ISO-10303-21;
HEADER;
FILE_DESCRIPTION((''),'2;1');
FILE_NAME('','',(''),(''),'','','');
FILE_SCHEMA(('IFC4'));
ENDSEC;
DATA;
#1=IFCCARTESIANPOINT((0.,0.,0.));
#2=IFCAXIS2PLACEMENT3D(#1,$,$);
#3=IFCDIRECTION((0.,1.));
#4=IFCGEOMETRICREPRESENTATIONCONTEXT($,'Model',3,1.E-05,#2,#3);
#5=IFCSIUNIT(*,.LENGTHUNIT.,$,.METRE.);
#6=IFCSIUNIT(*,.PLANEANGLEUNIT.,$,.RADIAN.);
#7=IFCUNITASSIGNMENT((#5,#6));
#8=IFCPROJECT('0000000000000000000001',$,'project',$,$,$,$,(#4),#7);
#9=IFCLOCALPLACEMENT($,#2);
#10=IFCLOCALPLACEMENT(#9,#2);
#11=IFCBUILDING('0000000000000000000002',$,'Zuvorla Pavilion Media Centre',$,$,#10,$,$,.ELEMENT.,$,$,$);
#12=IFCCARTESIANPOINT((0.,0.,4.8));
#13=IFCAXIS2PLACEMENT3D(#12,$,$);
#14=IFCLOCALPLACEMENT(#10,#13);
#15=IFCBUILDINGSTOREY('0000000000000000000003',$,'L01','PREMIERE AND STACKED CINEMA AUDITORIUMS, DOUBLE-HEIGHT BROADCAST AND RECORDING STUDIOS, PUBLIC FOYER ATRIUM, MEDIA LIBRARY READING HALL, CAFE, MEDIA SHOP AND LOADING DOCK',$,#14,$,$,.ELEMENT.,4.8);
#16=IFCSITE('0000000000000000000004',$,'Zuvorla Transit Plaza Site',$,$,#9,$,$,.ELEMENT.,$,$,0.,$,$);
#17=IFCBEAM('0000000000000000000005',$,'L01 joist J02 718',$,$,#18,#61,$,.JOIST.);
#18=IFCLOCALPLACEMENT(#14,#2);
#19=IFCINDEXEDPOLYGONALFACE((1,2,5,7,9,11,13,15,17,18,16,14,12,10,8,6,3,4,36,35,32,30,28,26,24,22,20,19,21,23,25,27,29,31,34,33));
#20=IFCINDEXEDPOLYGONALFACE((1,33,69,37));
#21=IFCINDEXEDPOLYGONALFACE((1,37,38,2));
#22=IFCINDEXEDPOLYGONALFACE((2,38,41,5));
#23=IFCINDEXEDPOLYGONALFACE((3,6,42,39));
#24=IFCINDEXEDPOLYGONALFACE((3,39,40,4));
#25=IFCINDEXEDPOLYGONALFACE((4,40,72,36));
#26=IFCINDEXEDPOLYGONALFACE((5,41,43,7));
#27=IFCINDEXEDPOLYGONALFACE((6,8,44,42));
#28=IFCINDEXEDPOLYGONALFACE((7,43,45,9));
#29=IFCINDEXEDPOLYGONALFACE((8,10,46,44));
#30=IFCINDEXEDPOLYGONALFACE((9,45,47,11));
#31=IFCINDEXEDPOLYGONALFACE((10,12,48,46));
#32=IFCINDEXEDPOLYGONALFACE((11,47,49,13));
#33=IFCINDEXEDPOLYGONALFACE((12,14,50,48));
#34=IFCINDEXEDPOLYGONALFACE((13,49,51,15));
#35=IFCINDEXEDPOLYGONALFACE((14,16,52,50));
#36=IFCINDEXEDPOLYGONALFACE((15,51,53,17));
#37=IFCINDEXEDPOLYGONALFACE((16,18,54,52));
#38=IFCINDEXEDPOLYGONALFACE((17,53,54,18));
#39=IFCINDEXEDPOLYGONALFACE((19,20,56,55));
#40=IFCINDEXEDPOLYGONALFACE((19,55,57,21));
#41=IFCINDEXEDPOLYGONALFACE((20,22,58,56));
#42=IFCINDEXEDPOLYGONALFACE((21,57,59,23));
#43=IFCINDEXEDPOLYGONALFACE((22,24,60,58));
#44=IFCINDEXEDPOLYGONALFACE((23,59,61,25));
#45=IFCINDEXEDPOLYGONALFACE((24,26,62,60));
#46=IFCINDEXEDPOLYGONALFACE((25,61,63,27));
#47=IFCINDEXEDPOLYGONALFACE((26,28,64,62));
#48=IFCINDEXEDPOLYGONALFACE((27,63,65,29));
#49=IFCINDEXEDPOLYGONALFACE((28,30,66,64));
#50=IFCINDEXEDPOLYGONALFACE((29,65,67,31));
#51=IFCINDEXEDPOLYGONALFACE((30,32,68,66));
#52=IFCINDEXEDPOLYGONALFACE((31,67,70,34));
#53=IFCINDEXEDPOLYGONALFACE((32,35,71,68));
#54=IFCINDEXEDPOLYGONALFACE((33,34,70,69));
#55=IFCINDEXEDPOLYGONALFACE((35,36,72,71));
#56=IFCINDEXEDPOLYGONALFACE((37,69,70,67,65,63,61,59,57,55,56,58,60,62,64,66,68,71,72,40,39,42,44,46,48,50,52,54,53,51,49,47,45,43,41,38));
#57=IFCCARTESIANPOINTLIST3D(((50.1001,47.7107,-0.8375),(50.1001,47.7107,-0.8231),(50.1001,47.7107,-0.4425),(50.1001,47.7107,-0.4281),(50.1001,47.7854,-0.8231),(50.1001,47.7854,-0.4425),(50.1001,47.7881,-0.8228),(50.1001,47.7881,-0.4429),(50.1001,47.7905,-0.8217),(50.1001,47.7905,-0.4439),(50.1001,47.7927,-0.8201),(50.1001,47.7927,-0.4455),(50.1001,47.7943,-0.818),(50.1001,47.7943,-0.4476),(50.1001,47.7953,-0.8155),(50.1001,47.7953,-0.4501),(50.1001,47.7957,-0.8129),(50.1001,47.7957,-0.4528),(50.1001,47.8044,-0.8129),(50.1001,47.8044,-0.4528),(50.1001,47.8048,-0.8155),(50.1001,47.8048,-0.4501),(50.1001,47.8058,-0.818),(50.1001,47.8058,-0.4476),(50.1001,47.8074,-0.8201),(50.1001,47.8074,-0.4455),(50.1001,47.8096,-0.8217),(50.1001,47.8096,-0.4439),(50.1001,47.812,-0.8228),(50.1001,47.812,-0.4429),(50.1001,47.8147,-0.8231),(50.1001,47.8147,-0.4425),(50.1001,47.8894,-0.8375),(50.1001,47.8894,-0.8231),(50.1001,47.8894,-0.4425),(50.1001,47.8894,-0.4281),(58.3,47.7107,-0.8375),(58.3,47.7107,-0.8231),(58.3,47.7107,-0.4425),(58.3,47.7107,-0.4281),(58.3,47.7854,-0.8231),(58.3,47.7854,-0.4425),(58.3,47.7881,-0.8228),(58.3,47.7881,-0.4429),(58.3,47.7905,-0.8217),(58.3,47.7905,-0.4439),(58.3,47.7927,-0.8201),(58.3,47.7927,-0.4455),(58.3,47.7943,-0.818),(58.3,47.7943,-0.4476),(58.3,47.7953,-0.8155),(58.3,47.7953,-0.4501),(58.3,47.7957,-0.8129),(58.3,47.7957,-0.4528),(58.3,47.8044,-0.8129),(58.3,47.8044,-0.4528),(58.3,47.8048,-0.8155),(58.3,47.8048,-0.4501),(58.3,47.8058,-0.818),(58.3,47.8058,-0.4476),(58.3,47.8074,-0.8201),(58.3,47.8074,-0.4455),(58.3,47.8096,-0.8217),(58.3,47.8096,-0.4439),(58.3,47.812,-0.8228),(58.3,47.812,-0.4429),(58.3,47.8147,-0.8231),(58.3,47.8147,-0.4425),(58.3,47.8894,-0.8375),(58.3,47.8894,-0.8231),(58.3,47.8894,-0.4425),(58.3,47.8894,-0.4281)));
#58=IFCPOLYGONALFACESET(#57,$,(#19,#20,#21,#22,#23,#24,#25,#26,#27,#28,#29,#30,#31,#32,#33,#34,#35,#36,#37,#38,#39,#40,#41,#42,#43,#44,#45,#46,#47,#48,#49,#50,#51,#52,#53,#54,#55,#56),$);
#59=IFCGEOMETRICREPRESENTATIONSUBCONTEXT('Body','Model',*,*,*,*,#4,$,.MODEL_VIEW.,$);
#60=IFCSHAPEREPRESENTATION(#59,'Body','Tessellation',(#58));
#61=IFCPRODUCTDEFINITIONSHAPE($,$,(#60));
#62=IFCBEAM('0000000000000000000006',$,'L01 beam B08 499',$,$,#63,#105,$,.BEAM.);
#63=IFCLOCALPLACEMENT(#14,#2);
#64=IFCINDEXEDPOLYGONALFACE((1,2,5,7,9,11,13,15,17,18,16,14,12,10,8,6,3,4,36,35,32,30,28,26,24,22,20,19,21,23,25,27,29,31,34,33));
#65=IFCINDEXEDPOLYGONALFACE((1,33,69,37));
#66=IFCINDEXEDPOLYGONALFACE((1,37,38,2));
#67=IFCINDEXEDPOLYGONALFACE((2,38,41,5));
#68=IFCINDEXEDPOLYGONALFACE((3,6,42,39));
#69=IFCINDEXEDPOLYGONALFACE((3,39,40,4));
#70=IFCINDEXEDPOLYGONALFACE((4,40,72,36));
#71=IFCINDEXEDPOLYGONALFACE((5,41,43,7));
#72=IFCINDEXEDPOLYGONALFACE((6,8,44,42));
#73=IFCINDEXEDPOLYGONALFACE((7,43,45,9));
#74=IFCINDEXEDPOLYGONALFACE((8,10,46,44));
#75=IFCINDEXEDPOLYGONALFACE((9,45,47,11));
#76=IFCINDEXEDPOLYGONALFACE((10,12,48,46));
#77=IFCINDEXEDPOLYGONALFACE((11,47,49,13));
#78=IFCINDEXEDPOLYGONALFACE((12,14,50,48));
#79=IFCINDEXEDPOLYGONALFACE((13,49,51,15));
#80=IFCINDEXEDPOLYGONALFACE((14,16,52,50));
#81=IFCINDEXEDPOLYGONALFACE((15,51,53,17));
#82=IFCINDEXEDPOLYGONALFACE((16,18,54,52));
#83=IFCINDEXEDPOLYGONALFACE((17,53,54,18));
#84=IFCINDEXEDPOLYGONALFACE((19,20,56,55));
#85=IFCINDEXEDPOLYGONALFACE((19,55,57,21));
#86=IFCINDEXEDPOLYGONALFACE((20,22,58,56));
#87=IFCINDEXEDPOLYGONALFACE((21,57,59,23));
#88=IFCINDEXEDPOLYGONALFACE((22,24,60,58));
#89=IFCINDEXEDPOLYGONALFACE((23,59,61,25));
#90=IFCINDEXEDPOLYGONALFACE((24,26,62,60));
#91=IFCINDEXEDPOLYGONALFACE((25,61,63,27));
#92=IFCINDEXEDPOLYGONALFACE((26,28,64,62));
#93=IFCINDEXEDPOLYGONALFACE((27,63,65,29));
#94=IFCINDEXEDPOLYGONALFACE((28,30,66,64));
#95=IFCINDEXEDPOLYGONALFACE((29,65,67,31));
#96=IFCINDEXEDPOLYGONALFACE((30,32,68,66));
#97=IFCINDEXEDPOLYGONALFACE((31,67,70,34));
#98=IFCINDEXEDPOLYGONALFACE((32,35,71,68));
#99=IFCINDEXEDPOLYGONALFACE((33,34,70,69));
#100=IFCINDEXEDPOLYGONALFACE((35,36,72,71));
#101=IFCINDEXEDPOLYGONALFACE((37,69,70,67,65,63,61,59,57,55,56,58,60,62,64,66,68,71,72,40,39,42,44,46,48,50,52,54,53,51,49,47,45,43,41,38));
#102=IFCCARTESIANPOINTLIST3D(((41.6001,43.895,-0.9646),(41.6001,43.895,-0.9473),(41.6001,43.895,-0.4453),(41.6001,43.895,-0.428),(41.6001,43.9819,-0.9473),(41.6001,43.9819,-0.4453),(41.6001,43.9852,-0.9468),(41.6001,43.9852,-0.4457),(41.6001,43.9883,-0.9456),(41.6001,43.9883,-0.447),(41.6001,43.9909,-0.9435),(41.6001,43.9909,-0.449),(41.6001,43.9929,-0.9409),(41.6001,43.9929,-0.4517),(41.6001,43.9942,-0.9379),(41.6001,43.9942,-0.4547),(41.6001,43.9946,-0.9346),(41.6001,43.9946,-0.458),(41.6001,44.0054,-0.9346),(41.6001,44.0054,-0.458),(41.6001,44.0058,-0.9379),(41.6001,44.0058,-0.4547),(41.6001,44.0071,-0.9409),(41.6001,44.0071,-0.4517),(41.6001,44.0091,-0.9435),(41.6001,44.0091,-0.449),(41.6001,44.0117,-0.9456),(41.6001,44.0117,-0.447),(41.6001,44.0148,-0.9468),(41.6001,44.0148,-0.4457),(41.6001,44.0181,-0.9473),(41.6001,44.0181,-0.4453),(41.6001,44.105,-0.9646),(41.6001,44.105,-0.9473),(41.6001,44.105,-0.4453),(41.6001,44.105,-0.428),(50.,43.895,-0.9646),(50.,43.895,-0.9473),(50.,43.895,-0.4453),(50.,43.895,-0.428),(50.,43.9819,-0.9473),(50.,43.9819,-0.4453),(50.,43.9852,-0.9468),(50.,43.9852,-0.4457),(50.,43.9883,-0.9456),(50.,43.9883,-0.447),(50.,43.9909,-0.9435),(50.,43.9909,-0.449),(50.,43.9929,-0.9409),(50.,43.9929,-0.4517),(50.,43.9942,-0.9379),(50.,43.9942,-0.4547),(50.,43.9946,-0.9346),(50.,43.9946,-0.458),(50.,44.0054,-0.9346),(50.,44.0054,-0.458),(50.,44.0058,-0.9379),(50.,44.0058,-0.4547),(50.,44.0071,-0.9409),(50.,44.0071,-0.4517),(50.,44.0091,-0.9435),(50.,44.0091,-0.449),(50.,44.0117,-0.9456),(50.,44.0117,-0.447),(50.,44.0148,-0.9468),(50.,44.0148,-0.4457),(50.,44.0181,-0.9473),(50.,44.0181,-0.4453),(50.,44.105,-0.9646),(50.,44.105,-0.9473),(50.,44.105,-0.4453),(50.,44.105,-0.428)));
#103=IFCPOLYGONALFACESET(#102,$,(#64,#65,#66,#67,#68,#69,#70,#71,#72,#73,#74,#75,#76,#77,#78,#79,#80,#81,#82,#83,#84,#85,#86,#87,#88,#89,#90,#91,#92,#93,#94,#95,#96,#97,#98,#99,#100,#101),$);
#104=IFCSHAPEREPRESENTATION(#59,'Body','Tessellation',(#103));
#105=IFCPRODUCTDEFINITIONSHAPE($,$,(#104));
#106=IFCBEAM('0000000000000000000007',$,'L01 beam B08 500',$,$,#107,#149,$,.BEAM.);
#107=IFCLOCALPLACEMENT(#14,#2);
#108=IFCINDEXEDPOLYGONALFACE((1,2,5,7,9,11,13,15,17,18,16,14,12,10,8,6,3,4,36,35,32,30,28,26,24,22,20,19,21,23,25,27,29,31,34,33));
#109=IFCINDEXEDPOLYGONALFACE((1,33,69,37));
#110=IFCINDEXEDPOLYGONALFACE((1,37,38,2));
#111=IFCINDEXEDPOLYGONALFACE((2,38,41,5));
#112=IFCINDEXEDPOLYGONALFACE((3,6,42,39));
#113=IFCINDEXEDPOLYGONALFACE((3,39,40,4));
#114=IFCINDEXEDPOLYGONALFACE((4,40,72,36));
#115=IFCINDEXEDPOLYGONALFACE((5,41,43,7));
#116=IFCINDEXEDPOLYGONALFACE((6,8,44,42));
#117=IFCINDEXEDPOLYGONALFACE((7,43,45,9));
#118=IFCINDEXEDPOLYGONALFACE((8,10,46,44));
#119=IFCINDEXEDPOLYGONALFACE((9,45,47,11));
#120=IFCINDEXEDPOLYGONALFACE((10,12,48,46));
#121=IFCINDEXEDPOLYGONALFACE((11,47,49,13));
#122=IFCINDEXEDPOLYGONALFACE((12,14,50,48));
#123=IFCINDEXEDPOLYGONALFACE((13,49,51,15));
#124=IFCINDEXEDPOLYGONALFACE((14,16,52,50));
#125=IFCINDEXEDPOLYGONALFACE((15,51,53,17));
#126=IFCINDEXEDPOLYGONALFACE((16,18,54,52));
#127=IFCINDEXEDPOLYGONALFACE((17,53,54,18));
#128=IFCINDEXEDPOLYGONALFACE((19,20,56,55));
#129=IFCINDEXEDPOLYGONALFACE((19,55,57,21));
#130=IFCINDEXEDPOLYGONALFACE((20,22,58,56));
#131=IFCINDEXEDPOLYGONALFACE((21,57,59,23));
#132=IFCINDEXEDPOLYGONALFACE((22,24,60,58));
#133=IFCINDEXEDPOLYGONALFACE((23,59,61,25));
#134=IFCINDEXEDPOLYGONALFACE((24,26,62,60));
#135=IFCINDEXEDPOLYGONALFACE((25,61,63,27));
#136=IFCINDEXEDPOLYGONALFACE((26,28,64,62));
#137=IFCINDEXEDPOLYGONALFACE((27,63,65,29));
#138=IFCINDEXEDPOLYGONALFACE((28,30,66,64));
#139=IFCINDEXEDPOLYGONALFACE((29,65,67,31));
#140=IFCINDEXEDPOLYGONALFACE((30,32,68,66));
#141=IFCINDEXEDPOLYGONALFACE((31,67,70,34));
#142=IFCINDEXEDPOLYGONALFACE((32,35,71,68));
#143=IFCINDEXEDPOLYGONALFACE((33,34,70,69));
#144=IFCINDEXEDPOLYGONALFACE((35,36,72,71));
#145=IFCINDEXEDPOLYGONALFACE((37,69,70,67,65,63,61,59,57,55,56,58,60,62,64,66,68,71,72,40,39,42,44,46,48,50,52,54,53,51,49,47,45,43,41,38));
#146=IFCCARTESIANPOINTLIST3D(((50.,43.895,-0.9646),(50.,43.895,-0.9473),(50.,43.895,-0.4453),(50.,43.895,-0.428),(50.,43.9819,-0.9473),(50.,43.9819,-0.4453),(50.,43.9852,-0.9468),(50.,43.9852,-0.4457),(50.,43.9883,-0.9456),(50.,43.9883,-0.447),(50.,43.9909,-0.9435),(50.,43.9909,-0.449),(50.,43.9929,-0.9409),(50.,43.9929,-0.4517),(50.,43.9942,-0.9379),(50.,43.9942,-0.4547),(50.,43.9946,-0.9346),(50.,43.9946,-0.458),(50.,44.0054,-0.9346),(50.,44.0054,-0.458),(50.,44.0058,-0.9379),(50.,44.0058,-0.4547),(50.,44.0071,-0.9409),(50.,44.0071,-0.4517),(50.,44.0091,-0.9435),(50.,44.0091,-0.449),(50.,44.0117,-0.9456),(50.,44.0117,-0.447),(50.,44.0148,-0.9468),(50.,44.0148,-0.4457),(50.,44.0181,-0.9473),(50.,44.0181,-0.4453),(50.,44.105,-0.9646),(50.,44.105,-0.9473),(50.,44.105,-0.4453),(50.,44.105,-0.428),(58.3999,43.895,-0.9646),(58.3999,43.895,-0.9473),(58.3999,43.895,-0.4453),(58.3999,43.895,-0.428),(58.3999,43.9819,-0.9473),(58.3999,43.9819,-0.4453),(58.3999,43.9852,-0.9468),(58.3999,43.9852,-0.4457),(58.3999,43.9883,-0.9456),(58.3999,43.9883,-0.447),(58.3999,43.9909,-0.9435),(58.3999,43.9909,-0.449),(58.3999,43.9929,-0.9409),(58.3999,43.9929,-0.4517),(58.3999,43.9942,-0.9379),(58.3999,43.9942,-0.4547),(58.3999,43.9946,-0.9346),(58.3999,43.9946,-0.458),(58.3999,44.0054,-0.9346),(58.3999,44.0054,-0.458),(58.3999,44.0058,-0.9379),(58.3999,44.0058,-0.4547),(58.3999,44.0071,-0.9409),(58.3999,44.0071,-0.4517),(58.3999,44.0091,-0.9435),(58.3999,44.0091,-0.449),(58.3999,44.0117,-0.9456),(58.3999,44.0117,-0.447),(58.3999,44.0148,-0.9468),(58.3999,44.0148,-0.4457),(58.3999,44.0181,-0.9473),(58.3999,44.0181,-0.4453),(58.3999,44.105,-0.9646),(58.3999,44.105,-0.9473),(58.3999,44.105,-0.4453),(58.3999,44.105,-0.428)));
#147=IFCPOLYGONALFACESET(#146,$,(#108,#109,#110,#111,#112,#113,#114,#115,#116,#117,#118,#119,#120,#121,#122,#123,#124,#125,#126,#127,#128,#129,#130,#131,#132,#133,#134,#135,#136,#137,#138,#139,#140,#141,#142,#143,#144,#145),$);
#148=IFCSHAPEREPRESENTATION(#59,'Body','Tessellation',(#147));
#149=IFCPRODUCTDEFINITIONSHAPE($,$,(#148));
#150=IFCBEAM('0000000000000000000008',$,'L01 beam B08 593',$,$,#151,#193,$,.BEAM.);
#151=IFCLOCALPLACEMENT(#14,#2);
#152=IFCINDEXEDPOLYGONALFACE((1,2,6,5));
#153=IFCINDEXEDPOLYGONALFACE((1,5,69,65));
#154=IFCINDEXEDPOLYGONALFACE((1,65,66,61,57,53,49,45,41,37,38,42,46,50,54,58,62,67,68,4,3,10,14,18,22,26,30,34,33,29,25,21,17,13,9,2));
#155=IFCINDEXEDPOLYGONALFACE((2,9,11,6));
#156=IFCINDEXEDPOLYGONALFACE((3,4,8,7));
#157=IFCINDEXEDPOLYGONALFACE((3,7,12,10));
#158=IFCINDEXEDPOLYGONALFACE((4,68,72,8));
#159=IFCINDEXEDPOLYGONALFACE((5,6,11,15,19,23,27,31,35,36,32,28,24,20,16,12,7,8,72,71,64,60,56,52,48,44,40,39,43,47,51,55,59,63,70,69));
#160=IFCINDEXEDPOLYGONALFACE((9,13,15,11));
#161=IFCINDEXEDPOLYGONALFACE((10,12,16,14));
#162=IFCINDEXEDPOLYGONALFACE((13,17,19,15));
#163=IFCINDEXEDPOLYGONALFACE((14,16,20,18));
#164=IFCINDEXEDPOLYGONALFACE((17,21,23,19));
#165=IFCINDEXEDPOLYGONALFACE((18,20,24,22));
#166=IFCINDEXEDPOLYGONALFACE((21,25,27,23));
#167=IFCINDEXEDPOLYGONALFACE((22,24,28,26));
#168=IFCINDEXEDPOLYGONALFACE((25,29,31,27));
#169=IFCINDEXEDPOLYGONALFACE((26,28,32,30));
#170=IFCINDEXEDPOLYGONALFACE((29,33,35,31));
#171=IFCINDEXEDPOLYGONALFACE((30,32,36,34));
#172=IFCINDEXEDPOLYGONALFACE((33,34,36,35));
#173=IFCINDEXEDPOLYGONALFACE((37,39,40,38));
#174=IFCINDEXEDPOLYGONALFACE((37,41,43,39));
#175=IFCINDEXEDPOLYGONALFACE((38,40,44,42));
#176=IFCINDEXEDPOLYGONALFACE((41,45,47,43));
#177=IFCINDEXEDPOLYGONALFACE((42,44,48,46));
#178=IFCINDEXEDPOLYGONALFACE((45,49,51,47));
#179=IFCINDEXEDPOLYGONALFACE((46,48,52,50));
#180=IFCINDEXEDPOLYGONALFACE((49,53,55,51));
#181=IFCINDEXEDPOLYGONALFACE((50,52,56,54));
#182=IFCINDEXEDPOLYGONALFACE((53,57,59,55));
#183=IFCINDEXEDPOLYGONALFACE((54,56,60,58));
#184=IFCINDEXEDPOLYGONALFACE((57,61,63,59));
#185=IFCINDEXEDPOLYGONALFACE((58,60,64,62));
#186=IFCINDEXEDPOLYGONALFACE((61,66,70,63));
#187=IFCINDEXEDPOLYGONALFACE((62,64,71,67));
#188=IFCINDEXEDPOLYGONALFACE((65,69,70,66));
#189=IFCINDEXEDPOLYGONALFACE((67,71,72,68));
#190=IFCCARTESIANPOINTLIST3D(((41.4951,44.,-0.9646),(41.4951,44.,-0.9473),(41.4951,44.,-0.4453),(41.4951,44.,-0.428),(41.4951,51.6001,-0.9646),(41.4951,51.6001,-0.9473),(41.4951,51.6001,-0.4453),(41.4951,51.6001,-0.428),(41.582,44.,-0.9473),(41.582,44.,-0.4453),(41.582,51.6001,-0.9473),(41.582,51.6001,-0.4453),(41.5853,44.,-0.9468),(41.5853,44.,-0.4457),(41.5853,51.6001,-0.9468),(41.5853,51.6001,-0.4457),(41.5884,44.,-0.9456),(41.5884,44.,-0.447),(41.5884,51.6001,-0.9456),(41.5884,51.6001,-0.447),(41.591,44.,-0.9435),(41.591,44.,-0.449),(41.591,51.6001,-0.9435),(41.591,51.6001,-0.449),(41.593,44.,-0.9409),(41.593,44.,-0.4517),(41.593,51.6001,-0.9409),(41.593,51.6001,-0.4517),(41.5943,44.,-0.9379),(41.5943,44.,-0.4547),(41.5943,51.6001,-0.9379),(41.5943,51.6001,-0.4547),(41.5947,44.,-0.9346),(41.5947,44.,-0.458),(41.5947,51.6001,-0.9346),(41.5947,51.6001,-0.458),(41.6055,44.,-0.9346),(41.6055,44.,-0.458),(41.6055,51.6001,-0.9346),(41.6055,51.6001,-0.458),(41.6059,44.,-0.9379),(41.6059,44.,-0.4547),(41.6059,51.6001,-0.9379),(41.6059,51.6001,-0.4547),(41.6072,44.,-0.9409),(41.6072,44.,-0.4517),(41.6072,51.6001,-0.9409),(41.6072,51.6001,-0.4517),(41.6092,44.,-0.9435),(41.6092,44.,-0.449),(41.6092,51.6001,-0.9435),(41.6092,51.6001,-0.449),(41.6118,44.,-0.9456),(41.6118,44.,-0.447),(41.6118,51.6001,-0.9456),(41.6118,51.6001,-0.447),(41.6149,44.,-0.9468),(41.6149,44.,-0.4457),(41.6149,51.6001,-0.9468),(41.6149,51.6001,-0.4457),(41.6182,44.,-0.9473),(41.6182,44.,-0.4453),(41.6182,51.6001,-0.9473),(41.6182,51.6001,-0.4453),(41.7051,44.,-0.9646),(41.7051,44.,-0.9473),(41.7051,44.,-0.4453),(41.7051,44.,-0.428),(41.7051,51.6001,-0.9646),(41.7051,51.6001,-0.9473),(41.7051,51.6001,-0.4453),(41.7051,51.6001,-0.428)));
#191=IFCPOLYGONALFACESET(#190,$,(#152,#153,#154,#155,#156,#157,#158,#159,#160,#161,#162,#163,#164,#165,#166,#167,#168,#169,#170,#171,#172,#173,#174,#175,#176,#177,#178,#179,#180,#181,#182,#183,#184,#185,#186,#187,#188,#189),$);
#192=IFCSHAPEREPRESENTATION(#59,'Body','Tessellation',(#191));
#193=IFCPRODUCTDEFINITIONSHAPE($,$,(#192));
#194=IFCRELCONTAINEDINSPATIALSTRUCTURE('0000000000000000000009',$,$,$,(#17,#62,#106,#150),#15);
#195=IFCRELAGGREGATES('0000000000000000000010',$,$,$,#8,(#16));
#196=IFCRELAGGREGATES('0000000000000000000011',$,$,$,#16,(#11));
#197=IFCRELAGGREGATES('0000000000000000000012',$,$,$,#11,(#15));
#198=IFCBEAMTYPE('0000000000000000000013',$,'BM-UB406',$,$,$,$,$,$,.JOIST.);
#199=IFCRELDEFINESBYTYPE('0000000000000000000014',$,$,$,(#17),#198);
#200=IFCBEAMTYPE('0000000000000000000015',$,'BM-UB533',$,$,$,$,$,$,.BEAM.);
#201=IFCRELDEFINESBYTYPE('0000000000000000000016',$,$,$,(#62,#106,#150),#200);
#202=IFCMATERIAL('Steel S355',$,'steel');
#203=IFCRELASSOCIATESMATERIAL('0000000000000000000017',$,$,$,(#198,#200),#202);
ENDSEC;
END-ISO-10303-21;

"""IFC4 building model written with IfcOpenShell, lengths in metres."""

from ifc_helpers import new_model, si_unit, direction, frame, origin, origin_2d, place, context, subcontext, project, spatial, i_section, extrude, material, material_profile, profile_set, type_object, element, save


model = new_model("IFC4")

# Units and contexts
model_context = context("Model", 3, precision=1e-05, world=origin(), true_north=direction((0.0, 1.0)))
body_context = subcontext(model_context, "Body", "Model", "MODEL_VIEW")
ifc_project = project(units=[si_unit("LENGTHUNIT", "METRE"), si_unit("PLANEANGLEUNIT", "RADIAN")], contexts=[model_context])

# Site, building, storey
site_placement = place(None, origin())
site = spatial("IfcSite", under=ifc_project, at=site_placement, Name="Zuvorla Transit Plaza Site", CompositionType="ELEMENT", RefElevation=0.0)
building_placement = place(site_placement, origin())
building = spatial("IfcBuilding", under=site, at=building_placement, Name="Zuvorla Pavilion Media Centre", CompositionType="ELEMENT")
storey_placement = place(building_placement, frame((0.0, 0.0, 4.8)))
storey = spatial("IfcBuildingStorey", under=building, at=storey_placement, Name="L01", Description="PREMIERE AND STACKED CINEMA AUDITORIUMS, DOUBLE-HEIGHT BROADCAST AND RECORDING STUDIOS, PUBLIC FOYER ATRIUM, MEDIA LIBRARY READING HALL, CAFE, MEDIA SHOP AND LOADING DOCK", CompositionType="ELEMENT", Elevation=4.8)

# Shared definitions
ifc_material_1 = material(Name="Steel S355", Category="steel")

# Beams
ifc_material_profile_1 = material_profile(ifc_material_1, i_section(OverallWidth=0.1787, OverallDepth=0.4094, WebThickness=0.0088, FlangeThickness=0.0144, FilletRadius=0.0103, at=origin_2d()), Name="UB 406x178x67")
ifc_profile_set_1 = profile_set([ifc_material_profile_1], Name="Steel S355")
beam_type_1 = type_object("IfcBeamType", Name="BM-UB406", PredefinedType="JOIST", material=ifc_profile_set_1)
for number, where, z_axis, x_axis, name in (
    (1, (50.1001, 47.8, -0.6328), (1.0, 0.0, 0.0), (0.0, 1.0, 0.0), "L01 joist J02 718"),
):
    element("IfcBeam", number, at=place(storey_placement, frame(where, z_axis=z_axis, x_axis=x_axis)), inside=storey, type_object=beam_type_1, Name=name, PredefinedType="JOIST", context=body_context, shape_type="SweptSolid", body=[
        extrude(i_section(OverallWidth=0.1787, OverallDepth=0.4094, WebThickness=0.0088, FlangeThickness=0.0144, FilletRadius=0.0103, at=origin_2d()), origin(), (0.0, 0.0, 1.0), 8.2),
    ])
ifc_material_profile_2 = material_profile(ifc_material_1, i_section(OverallWidth=0.21, OverallDepth=0.5366, WebThickness=0.0107, FlangeThickness=0.0173, FilletRadius=0.0127, at=origin_2d()), Name="UB 533x210x101")
ifc_profile_set_2 = profile_set([ifc_material_profile_2], Name="Steel S355")
beam_type_2 = type_object("IfcBeamType", Name="BM-UB533", PredefinedType="BEAM", material=ifc_profile_set_2)
for number, where, z_axis, x_axis, name in (
    (2, (41.6001, 44.0, -0.6963), (1.0, 0.0, 0.0), (0.0, 1.0, 0.0), "L01 beam B08 499"),
    (3, (50.0, 44.0, -0.6963), (1.0, 0.0, 0.0), (0.0, 1.0, 0.0), "L01 beam B08 500"),
):
    element("IfcBeam", number, at=place(storey_placement, frame(where, z_axis=z_axis, x_axis=x_axis)), inside=storey, type_object=beam_type_2, Name=name, PredefinedType="BEAM", context=body_context, shape_type="SweptSolid", body=[
        extrude(i_section(OverallWidth=0.21, OverallDepth=0.5366, WebThickness=0.0107, FlangeThickness=0.0173, FilletRadius=0.0127, at=origin_2d()), origin(), (0.0, 0.0, 1.0), 8.3999),
    ])
for number, where, z_axis, x_axis, name in (
    (4, (41.6001, 44.0, -0.6963), (0.0, 1.0, 0.0), (-1.0, 0.0, 0.0), "L01 beam B08 593"),
):
    element("IfcBeam", number, at=place(storey_placement, frame(where, z_axis=z_axis, x_axis=x_axis)), inside=storey, type_object=beam_type_2, Name=name, PredefinedType="BEAM", context=body_context, shape_type="SweptSolid", body=[
        extrude(i_section(OverallWidth=0.21, OverallDepth=0.5366, WebThickness=0.0107, FlangeThickness=0.0173, FilletRadius=0.0127, at=origin_2d()), origin(), (0.0, 0.0, 1.0), 7.6001),
    ])

save(model, "model.ifc")
